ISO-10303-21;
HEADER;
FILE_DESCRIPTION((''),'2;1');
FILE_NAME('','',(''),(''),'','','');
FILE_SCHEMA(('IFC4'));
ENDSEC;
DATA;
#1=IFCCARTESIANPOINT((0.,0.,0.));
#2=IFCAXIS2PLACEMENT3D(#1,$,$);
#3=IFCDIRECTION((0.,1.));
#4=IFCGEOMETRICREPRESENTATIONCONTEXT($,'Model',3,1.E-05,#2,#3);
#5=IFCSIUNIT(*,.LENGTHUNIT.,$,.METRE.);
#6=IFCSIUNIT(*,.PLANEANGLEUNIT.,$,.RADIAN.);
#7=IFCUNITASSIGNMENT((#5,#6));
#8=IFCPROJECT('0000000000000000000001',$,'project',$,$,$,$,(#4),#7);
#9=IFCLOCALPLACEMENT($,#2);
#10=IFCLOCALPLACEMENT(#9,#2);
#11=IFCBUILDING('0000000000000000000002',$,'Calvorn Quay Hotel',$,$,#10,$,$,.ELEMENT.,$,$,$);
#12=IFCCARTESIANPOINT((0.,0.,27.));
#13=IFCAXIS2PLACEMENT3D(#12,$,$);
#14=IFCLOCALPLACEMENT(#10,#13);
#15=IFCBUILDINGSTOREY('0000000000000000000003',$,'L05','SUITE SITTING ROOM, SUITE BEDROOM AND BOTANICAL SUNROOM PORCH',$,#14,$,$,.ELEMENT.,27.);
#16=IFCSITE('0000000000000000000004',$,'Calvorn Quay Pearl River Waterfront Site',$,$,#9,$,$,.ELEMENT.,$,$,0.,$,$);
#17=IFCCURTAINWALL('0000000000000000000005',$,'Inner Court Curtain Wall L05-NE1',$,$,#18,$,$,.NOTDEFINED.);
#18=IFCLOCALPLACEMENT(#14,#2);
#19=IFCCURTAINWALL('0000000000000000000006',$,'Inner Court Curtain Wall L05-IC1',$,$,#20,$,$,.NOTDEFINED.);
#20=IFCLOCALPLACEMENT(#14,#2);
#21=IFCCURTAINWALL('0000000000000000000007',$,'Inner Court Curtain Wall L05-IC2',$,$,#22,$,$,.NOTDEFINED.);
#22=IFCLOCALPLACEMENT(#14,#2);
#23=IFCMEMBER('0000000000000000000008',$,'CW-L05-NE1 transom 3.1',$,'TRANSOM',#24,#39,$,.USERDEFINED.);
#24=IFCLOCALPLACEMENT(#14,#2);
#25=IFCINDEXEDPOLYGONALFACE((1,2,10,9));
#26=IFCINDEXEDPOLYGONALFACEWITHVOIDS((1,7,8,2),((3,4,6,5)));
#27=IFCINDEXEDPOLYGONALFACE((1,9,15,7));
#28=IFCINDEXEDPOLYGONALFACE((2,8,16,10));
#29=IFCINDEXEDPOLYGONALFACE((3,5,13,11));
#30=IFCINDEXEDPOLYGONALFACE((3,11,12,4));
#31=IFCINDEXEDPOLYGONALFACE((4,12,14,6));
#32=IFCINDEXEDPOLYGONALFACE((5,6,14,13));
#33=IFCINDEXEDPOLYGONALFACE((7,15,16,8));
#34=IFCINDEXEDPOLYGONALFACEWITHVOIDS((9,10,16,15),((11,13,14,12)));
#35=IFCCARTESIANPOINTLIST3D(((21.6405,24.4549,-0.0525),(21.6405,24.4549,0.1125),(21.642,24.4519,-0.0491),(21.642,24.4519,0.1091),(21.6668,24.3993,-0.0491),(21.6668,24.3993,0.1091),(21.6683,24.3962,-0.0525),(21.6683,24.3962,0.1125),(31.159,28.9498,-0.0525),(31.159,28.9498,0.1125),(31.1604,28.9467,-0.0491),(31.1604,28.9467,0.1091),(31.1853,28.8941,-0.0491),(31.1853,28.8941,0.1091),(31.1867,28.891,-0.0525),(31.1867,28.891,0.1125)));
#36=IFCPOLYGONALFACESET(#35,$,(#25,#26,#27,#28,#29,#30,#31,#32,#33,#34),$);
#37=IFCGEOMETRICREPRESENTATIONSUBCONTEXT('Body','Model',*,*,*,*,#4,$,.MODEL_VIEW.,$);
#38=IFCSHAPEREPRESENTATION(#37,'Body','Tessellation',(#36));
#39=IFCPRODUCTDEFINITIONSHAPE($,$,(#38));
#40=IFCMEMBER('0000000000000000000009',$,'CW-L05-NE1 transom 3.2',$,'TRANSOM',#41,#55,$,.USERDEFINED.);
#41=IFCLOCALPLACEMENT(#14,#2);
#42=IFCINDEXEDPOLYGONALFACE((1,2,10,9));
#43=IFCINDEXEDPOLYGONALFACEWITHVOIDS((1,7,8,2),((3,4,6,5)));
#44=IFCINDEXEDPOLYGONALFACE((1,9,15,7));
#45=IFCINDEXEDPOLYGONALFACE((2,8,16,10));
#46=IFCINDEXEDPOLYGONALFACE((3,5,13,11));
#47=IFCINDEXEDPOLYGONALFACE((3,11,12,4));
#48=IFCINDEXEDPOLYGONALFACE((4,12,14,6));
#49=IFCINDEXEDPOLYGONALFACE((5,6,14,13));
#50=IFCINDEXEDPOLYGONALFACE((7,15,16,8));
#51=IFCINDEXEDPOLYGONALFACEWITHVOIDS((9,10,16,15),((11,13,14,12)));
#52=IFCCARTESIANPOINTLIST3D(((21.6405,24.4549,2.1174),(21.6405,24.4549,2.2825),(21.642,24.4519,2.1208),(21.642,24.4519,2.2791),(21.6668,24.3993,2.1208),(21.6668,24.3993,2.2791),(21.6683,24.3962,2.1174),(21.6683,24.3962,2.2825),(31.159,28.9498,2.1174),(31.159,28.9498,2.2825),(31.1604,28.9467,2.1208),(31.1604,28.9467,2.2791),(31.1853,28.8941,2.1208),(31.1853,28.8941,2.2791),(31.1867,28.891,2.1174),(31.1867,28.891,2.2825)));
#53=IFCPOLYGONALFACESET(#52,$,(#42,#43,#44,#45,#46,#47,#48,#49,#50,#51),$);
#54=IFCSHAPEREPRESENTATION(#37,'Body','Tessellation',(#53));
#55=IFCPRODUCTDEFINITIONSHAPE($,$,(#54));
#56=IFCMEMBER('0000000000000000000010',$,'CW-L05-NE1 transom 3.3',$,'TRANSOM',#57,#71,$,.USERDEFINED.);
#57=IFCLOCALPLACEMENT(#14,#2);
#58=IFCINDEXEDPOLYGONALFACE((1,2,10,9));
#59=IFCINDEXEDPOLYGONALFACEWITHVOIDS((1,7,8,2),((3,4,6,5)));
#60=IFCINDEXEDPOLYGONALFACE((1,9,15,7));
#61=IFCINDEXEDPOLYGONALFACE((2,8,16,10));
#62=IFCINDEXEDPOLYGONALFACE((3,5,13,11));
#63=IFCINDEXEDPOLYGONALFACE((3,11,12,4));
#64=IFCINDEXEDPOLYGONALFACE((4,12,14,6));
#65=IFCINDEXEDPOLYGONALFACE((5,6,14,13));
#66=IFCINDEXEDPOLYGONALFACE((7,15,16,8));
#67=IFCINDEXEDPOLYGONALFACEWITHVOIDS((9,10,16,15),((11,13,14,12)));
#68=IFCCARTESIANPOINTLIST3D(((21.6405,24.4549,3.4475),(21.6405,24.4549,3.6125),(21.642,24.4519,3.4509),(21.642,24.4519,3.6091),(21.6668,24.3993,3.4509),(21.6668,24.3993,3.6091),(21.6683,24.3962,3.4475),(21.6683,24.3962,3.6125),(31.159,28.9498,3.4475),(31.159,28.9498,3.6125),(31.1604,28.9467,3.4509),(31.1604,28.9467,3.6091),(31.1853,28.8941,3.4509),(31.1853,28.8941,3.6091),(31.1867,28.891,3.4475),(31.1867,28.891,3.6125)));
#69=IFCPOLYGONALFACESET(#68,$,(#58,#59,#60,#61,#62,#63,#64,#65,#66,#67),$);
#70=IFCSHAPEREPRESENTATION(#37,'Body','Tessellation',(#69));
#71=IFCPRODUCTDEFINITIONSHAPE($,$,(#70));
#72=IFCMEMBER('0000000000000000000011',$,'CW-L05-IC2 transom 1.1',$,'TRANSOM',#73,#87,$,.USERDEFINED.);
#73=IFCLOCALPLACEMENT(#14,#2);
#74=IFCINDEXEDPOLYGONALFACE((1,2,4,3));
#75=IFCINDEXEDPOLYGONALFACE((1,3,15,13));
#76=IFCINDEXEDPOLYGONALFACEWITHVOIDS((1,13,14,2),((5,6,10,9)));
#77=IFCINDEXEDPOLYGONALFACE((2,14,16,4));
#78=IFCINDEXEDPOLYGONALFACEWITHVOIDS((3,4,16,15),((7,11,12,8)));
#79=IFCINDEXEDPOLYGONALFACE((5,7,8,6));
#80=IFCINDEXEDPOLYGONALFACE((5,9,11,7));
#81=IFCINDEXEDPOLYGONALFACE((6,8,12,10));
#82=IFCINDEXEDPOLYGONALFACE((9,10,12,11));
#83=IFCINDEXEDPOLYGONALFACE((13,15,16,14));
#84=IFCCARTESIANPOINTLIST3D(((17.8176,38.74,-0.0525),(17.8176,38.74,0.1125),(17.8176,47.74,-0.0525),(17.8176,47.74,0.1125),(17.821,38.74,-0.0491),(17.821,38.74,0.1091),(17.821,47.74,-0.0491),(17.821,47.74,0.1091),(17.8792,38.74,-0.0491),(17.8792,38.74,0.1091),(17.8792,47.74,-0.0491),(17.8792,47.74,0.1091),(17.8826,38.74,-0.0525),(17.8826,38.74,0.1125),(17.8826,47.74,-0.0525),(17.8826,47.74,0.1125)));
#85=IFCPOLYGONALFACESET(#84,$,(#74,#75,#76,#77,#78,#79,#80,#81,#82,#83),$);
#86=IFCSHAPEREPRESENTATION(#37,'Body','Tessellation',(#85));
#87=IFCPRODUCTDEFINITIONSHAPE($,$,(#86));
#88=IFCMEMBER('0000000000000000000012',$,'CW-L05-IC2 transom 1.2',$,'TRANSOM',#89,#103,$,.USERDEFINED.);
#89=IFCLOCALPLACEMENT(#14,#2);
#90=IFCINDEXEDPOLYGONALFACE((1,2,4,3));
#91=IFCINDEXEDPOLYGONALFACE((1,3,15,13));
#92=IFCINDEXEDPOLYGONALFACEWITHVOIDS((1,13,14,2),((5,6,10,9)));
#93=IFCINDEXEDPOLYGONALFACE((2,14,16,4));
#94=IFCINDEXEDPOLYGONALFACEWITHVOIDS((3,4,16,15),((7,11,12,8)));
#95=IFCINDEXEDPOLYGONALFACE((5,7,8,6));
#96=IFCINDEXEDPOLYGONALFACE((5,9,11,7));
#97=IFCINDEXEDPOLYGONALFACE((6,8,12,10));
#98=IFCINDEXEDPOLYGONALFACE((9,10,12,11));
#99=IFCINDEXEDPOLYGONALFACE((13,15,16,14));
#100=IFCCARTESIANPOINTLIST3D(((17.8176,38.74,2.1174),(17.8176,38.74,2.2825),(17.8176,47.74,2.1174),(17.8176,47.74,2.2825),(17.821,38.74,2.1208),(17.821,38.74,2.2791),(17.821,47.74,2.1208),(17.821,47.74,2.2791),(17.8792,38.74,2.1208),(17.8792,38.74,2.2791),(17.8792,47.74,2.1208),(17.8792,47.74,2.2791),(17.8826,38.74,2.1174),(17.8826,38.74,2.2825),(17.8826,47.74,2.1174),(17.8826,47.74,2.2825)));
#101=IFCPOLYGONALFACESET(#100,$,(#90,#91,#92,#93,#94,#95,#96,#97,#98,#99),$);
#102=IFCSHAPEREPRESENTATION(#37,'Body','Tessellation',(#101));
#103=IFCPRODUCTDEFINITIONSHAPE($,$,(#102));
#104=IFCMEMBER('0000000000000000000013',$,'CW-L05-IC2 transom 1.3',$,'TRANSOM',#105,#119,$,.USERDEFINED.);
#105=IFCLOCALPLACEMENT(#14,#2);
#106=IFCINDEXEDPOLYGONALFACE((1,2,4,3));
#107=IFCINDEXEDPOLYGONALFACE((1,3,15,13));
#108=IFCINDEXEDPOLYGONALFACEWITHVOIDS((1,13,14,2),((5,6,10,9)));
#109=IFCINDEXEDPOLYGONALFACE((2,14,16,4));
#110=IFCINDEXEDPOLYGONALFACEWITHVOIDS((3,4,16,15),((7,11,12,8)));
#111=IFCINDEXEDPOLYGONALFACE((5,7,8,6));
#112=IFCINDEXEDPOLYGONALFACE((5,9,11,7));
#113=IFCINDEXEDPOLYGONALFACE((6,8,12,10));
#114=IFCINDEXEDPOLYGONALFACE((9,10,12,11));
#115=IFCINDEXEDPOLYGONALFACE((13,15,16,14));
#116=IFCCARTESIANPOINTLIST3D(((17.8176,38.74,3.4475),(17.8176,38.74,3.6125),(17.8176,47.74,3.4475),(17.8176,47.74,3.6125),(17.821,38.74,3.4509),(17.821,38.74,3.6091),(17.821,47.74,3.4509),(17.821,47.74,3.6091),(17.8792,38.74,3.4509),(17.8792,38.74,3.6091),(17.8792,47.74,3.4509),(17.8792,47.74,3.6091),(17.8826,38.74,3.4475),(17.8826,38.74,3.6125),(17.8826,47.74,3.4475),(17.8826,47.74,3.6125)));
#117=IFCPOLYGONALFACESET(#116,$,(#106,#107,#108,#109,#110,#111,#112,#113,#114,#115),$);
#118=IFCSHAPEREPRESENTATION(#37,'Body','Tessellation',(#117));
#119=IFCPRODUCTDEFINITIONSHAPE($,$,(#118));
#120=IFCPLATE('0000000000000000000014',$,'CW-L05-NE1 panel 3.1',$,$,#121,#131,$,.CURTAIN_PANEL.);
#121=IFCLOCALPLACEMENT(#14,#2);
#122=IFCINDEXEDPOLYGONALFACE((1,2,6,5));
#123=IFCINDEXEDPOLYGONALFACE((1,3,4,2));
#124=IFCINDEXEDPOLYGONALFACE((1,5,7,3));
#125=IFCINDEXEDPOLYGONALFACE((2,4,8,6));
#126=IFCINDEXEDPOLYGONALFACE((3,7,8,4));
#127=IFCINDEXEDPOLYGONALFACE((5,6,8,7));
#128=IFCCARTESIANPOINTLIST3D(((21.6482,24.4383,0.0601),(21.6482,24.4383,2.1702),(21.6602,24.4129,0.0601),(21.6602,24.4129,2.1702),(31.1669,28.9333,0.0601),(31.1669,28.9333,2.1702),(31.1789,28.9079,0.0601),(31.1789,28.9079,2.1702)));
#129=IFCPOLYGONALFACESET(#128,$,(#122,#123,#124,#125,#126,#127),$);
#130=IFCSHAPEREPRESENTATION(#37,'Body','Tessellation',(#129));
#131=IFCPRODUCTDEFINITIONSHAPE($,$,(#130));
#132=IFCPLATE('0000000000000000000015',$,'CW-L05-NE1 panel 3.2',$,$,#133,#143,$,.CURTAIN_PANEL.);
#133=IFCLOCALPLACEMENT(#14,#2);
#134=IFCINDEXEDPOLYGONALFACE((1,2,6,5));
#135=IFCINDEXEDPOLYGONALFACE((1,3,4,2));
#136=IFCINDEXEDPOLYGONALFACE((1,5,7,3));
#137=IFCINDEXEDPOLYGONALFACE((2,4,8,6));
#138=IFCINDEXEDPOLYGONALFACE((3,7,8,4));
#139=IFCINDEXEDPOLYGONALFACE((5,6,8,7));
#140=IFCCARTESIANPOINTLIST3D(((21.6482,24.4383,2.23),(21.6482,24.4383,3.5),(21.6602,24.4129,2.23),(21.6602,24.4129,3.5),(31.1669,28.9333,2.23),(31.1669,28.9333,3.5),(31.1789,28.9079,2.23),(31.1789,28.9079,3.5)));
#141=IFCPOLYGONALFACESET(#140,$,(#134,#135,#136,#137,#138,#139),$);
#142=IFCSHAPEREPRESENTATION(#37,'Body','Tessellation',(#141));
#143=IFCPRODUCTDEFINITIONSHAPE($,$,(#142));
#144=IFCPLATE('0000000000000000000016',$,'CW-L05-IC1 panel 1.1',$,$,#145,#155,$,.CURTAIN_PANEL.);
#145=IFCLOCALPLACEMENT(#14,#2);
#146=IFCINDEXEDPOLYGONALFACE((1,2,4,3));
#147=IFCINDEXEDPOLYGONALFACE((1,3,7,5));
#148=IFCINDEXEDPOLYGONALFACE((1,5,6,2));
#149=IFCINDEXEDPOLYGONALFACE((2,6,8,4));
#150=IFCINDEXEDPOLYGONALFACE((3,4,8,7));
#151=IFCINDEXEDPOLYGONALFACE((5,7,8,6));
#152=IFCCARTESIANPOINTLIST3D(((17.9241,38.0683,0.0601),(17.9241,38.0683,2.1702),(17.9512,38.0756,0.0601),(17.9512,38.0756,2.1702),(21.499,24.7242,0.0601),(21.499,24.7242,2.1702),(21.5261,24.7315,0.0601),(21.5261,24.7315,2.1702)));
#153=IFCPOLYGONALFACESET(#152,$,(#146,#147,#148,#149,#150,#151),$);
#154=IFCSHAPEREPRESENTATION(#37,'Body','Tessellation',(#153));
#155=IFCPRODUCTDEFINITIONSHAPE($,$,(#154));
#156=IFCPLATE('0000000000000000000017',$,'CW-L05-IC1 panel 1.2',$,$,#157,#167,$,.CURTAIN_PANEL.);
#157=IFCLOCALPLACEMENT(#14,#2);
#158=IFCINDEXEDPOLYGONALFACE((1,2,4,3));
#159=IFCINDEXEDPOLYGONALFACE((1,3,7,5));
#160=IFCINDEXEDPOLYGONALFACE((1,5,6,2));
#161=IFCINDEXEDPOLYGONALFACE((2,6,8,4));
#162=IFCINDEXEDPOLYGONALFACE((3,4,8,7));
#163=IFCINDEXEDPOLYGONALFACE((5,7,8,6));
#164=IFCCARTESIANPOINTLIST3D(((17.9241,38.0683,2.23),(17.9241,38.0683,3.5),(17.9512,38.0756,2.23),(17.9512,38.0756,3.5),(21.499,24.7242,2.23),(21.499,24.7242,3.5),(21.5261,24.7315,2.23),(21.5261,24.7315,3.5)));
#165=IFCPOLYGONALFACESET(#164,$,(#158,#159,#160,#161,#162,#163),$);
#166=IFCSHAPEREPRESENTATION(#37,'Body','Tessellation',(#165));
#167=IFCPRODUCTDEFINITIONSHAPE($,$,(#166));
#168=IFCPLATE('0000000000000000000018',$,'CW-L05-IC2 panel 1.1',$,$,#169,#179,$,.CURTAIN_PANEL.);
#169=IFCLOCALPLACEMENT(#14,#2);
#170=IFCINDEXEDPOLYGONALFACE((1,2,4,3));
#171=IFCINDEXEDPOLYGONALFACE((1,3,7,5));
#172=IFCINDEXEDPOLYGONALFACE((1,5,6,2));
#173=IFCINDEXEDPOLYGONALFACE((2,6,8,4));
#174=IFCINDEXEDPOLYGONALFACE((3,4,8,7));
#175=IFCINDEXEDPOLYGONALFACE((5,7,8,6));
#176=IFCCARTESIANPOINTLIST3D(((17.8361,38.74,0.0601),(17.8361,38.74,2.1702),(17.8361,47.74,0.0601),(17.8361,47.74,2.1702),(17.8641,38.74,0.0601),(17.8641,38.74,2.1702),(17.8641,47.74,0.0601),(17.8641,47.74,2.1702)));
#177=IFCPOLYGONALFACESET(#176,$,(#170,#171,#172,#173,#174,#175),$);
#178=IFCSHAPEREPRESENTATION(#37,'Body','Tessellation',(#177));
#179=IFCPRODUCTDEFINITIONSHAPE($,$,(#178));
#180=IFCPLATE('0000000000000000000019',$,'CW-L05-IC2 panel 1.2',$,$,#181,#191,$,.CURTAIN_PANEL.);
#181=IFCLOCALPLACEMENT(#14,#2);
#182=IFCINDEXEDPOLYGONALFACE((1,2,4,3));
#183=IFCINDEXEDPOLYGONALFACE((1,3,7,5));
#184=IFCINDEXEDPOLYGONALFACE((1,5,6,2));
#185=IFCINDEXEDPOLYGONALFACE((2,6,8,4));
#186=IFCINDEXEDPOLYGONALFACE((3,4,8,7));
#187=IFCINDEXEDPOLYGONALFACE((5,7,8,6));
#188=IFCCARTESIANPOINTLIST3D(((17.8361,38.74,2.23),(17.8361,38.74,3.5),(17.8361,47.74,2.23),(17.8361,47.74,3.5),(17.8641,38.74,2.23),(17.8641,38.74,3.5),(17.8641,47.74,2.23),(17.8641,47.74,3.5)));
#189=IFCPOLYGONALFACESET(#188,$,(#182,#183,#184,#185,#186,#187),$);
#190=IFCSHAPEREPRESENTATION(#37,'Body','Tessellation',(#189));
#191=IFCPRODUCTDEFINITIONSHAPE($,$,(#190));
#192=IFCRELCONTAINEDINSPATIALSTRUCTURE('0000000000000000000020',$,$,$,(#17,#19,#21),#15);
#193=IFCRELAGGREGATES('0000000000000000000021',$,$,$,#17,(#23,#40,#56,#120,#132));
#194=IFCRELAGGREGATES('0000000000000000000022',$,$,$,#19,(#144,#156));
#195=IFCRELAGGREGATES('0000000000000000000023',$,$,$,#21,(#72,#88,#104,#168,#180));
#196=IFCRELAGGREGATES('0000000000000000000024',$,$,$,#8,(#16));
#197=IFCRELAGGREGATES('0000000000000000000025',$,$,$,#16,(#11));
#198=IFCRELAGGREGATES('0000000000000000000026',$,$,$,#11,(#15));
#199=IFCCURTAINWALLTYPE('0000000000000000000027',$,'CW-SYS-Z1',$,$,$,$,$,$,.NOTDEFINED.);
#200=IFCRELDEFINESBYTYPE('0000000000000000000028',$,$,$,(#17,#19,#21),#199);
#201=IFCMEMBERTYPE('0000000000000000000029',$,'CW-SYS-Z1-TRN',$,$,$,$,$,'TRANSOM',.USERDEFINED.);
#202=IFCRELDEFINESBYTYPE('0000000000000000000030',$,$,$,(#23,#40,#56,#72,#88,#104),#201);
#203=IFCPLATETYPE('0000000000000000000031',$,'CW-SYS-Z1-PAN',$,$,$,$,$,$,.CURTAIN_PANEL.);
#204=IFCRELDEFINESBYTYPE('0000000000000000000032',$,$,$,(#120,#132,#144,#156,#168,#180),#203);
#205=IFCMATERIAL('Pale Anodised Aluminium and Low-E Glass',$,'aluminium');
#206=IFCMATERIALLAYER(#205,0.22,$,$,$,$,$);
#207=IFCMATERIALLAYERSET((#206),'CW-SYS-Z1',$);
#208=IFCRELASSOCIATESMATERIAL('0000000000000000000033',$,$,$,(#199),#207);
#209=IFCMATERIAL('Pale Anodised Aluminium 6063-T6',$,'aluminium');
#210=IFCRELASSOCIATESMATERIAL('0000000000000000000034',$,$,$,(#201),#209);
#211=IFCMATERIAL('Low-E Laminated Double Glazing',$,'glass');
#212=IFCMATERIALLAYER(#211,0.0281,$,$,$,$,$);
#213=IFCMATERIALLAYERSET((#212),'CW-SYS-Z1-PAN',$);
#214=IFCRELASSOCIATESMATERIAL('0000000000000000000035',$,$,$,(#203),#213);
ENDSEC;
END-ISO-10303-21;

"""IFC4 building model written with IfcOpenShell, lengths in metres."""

from ifc_helpers import new_model, si_unit, direction, frame, origin, origin_2d, place, context, subcontext, project, spatial, rectangle, hollow_rectangle, extrude, material, layer, layer_set, material_profile, profile_set, type_object, element, aggregate, save


model = new_model("IFC4")

# Units and contexts
model_context = context("Model", 3, precision=1e-05, world=origin(), true_north=direction((0.0, 1.0)))
body_context = subcontext(model_context, "Body", "Model", "MODEL_VIEW")
ifc_project = project(units=[si_unit("LENGTHUNIT", "METRE"), si_unit("PLANEANGLEUNIT", "RADIAN")], contexts=[model_context])

# Site, building, storey
site_placement = place(None, origin())
site = spatial("IfcSite", under=ifc_project, at=site_placement, Name="Calvorn Quay Pearl River Waterfront Site", CompositionType="ELEMENT", RefElevation=0.0)
building_placement = place(site_placement, origin())
building = spatial("IfcBuilding", under=site, at=building_placement, Name="Calvorn Quay Hotel", CompositionType="ELEMENT")
storey_placement = place(building_placement, frame((0.0, 0.0, 27.0)))
storey = spatial("IfcBuildingStorey", under=building, at=storey_placement, Name="L05", Description="SUITE SITTING ROOM, SUITE BEDROOM AND BOTANICAL SUNROOM PORCH", CompositionType="ELEMENT", Elevation=27.0)

# Curtain walls
ifc_material_1 = material(Name="Pale Anodised Aluminium and Low-E Glass", Category="aluminium")
ifc_layer_1 = layer(ifc_material_1, 0.22)
ifc_layer_set_1 = layer_set([ifc_layer_1], Name="CW-SYS-Z1")
curtain_wall_type = type_object("IfcCurtainWallType", Name="CW-SYS-Z1", PredefinedType="NOTDEFINED", material=ifc_layer_set_1)
curtain_wall_1_placement = place(storey_placement, origin())
curtain_wall_1 = element("IfcCurtainWall", 1, at=curtain_wall_1_placement, inside=storey, type_object=curtain_wall_type, Name="Inner Court Curtain Wall L05-NE1", PredefinedType="NOTDEFINED")
curtain_wall_2_placement = place(storey_placement, origin())
curtain_wall_2 = element("IfcCurtainWall", 2, at=curtain_wall_2_placement, inside=storey, type_object=curtain_wall_type, Name="Inner Court Curtain Wall L05-IC1", PredefinedType="NOTDEFINED")

# Curtain wall
curtain_wall_3_placement = place(storey_placement, origin())
curtain_wall_3 = element("IfcCurtainWall", 3, at=curtain_wall_3_placement, inside=storey, type_object=curtain_wall_type, Name="Inner Court Curtain Wall L05-IC2", PredefinedType="NOTDEFINED")

# Members
ifc_material_2 = material(Name="Pale Anodised Aluminium 6063-T6", Category="aluminium")
ifc_material_profile_1 = material_profile(ifc_material_2, hollow_rectangle(XDim=0.0649, YDim=0.165, WallThickness=0.0034, at=origin_2d()), Name="ALU-T165x65x3.5")
ifc_profile_set_1 = profile_set([ifc_material_profile_1], Name="Pale Anodised Aluminium 6063-T6")
member_type_1 = type_object("IfcMemberType", Name="CW-SYS-Z1-TRN", ElementType="TRANSOM", PredefinedType="USERDEFINED", material=ifc_profile_set_1)
member_1_placement = place(storey_placement, frame((31.1729, 28.9204, 0.03), z_axis=(-0.904249, -0.427006, 0.0), x_axis=(0.427006, -0.904249, 0.0)))
member_1 = element("IfcMember", 4, at=member_1_placement, type_object=member_type_1, Name="CW-L05-NE1 transom 3.1", ObjectType="TRANSOM", PredefinedType="USERDEFINED", context=body_context, shape_type="SweptSolid", body=[
    extrude(hollow_rectangle(XDim=0.0649, YDim=0.165, WallThickness=0.0034, at=origin_2d()), origin(), (0.0, 0.0, 1.0), 10.5264),
])
member_2_placement = place(storey_placement, frame((31.1729, 28.9204, 2.2), z_axis=(-0.904249, -0.427006, 0.0), x_axis=(0.427006, -0.904249, 0.0)))
member_2 = element("IfcMember", 5, at=member_2_placement, type_object=member_type_1, Name="CW-L05-NE1 transom 3.2", ObjectType="TRANSOM", PredefinedType="USERDEFINED", context=body_context, shape_type="SweptSolid", body=[
    extrude(hollow_rectangle(XDim=0.0649, YDim=0.165, WallThickness=0.0034, at=origin_2d()), origin(), (0.0, 0.0, 1.0), 10.5264),
])
member_3_placement = place(storey_placement, frame((31.1729, 28.9204, 3.53), z_axis=(-0.904249, -0.427006, 0.0), x_axis=(0.427006, -0.904249, 0.0)))
member_3 = element("IfcMember", 6, at=member_3_placement, type_object=member_type_1, Name="CW-L05-NE1 transom 3.3", ObjectType="TRANSOM", PredefinedType="USERDEFINED", context=body_context, shape_type="SweptSolid", body=[
    extrude(hollow_rectangle(XDim=0.0649, YDim=0.165, WallThickness=0.0034, at=origin_2d()), origin(), (0.0, 0.0, 1.0), 10.5264),
])
member_4_placement = place(storey_placement, frame((17.8501, 38.74, 0.03), z_axis=(0.0, 1.0, 0.0), x_axis=(-1.0, 0.0, 0.0)))
member_4 = element("IfcMember", 7, at=member_4_placement, type_object=member_type_1, Name="CW-L05-IC2 transom 1.1", ObjectType="TRANSOM", PredefinedType="USERDEFINED", context=body_context, shape_type="SweptSolid", body=[
    extrude(hollow_rectangle(XDim=0.0649, YDim=0.165, WallThickness=0.0034, at=origin_2d()), origin(), (0.0, 0.0, 1.0), 9.0),
])
member_5_placement = place(storey_placement, frame((17.8501, 38.74, 2.2), z_axis=(0.0, 1.0, 0.0), x_axis=(-1.0, 0.0, 0.0)))
member_5 = element("IfcMember", 8, at=member_5_placement, type_object=member_type_1, Name="CW-L05-IC2 transom 1.2", ObjectType="TRANSOM", PredefinedType="USERDEFINED", context=body_context, shape_type="SweptSolid", body=[
    extrude(hollow_rectangle(XDim=0.0649, YDim=0.165, WallThickness=0.0034, at=origin_2d()), origin(), (0.0, 0.0, 1.0), 9.0),
])
member_6_placement = place(storey_placement, frame((17.8501, 38.74, 3.53), z_axis=(0.0, 1.0, 0.0), x_axis=(-1.0, 0.0, 0.0)))
member_6 = element("IfcMember", 9, at=member_6_placement, type_object=member_type_1, Name="CW-L05-IC2 transom 1.3", ObjectType="TRANSOM", PredefinedType="USERDEFINED", context=body_context, shape_type="SweptSolid", body=[
    extrude(hollow_rectangle(XDim=0.0649, YDim=0.165, WallThickness=0.0034, at=origin_2d()), origin(), (0.0, 0.0, 1.0), 9.0),
])

# Plates
ifc_material_3 = material(Name="Low-E Laminated Double Glazing", Category="glass")
ifc_layer_2 = layer(ifc_material_3, 0.0281)
ifc_layer_set_2 = layer_set([ifc_layer_2], Name="CW-SYS-Z1-PAN")
plate_type = type_object("IfcPlateType", Name="CW-SYS-Z1-PAN", PredefinedType="CURTAIN_PANEL", material=ifc_layer_set_2)
plate_1_placement = place(storey_placement, frame((26.4136, 26.6731, 0.0601), z_axis=(0.0, 0.0, 1.0), x_axis=(-0.904249, -0.427006, 0.0)))
plate_1 = element("IfcPlate", 10, at=plate_1_placement, type_object=plate_type, Name="CW-L05-NE1 panel 3.1", PredefinedType="CURTAIN_PANEL", context=body_context, shape_type="SweptSolid", body=[
    extrude(rectangle(XDim=10.5266, YDim=0.0281, at=origin_2d()), origin(), (0.0, 0.0, 1.0), 2.1101),
])
plate_2_placement = place(storey_placement, frame((26.4136, 26.6731, 2.23), z_axis=(0.0, 0.0, 1.0), x_axis=(-0.904249, -0.427006, 0.0)))
plate_2 = element("IfcPlate", 11, at=plate_2_placement, type_object=plate_type, Name="CW-L05-NE1 panel 3.2", PredefinedType="CURTAIN_PANEL", context=body_context, shape_type="SweptSolid", body=[
    extrude(rectangle(XDim=10.5266, YDim=0.0281, at=origin_2d()), origin(), (0.0, 0.0, 1.0), 1.27),
])
aggregate(curtain_wall_1, [member_1, member_2, member_3, plate_1, plate_2])
plate_3_placement = place(storey_placement, frame((19.7251, 31.3999, 0.0601), z_axis=(0.0, 0.0, 1.0), x_axis=(-0.258779, 0.965937, 0.0)))
plate_3 = element("IfcPlate", 12, at=plate_3_placement, type_object=plate_type, Name="CW-L05-IC1 panel 1.1", PredefinedType="CURTAIN_PANEL", context=body_context, shape_type="SweptSolid", body=[
    extrude(rectangle(XDim=13.8147, YDim=0.0281, at=origin_2d()), origin(), (0.0, 0.0, 1.0), 2.1101),
])
plate_4_placement = place(storey_placement, frame((19.7251, 31.3999, 2.23), z_axis=(0.0, 0.0, 1.0), x_axis=(-0.258779, 0.965937, 0.0)))
plate_4 = element("IfcPlate", 13, at=plate_4_placement, type_object=plate_type, Name="CW-L05-IC1 panel 1.2", PredefinedType="CURTAIN_PANEL", context=body_context, shape_type="SweptSolid", body=[
    extrude(rectangle(XDim=13.8147, YDim=0.0281, at=origin_2d()), origin(), (0.0, 0.0, 1.0), 1.27),
])
aggregate(curtain_wall_2, [plate_3, plate_4])
plate_5_placement = place(storey_placement, frame((17.8501, 43.24, 0.0601), z_axis=(0.0, 0.0, 1.0), x_axis=(0.0, 1.0, 0.0)))
plate_5 = element("IfcPlate", 14, at=plate_5_placement, type_object=plate_type, Name="CW-L05-IC2 panel 1.1", PredefinedType="CURTAIN_PANEL", context=body_context, shape_type="SweptSolid", body=[
    extrude(rectangle(XDim=9.0, YDim=0.0281, at=origin_2d()), origin(), (0.0, 0.0, 1.0), 2.1101),
])
plate_6_placement = place(storey_placement, frame((17.8501, 43.24, 2.23), z_axis=(0.0, 0.0, 1.0), x_axis=(0.0, 1.0, 0.0)))
plate_6 = element("IfcPlate", 15, at=plate_6_placement, type_object=plate_type, Name="CW-L05-IC2 panel 1.2", PredefinedType="CURTAIN_PANEL", context=body_context, shape_type="SweptSolid", body=[
    extrude(rectangle(XDim=9.0, YDim=0.0281, at=origin_2d()), origin(), (0.0, 0.0, 1.0), 1.27),
])
aggregate(curtain_wall_3, [member_4, member_5, member_6, plate_5, plate_6])

save(model, "model.ifc")
